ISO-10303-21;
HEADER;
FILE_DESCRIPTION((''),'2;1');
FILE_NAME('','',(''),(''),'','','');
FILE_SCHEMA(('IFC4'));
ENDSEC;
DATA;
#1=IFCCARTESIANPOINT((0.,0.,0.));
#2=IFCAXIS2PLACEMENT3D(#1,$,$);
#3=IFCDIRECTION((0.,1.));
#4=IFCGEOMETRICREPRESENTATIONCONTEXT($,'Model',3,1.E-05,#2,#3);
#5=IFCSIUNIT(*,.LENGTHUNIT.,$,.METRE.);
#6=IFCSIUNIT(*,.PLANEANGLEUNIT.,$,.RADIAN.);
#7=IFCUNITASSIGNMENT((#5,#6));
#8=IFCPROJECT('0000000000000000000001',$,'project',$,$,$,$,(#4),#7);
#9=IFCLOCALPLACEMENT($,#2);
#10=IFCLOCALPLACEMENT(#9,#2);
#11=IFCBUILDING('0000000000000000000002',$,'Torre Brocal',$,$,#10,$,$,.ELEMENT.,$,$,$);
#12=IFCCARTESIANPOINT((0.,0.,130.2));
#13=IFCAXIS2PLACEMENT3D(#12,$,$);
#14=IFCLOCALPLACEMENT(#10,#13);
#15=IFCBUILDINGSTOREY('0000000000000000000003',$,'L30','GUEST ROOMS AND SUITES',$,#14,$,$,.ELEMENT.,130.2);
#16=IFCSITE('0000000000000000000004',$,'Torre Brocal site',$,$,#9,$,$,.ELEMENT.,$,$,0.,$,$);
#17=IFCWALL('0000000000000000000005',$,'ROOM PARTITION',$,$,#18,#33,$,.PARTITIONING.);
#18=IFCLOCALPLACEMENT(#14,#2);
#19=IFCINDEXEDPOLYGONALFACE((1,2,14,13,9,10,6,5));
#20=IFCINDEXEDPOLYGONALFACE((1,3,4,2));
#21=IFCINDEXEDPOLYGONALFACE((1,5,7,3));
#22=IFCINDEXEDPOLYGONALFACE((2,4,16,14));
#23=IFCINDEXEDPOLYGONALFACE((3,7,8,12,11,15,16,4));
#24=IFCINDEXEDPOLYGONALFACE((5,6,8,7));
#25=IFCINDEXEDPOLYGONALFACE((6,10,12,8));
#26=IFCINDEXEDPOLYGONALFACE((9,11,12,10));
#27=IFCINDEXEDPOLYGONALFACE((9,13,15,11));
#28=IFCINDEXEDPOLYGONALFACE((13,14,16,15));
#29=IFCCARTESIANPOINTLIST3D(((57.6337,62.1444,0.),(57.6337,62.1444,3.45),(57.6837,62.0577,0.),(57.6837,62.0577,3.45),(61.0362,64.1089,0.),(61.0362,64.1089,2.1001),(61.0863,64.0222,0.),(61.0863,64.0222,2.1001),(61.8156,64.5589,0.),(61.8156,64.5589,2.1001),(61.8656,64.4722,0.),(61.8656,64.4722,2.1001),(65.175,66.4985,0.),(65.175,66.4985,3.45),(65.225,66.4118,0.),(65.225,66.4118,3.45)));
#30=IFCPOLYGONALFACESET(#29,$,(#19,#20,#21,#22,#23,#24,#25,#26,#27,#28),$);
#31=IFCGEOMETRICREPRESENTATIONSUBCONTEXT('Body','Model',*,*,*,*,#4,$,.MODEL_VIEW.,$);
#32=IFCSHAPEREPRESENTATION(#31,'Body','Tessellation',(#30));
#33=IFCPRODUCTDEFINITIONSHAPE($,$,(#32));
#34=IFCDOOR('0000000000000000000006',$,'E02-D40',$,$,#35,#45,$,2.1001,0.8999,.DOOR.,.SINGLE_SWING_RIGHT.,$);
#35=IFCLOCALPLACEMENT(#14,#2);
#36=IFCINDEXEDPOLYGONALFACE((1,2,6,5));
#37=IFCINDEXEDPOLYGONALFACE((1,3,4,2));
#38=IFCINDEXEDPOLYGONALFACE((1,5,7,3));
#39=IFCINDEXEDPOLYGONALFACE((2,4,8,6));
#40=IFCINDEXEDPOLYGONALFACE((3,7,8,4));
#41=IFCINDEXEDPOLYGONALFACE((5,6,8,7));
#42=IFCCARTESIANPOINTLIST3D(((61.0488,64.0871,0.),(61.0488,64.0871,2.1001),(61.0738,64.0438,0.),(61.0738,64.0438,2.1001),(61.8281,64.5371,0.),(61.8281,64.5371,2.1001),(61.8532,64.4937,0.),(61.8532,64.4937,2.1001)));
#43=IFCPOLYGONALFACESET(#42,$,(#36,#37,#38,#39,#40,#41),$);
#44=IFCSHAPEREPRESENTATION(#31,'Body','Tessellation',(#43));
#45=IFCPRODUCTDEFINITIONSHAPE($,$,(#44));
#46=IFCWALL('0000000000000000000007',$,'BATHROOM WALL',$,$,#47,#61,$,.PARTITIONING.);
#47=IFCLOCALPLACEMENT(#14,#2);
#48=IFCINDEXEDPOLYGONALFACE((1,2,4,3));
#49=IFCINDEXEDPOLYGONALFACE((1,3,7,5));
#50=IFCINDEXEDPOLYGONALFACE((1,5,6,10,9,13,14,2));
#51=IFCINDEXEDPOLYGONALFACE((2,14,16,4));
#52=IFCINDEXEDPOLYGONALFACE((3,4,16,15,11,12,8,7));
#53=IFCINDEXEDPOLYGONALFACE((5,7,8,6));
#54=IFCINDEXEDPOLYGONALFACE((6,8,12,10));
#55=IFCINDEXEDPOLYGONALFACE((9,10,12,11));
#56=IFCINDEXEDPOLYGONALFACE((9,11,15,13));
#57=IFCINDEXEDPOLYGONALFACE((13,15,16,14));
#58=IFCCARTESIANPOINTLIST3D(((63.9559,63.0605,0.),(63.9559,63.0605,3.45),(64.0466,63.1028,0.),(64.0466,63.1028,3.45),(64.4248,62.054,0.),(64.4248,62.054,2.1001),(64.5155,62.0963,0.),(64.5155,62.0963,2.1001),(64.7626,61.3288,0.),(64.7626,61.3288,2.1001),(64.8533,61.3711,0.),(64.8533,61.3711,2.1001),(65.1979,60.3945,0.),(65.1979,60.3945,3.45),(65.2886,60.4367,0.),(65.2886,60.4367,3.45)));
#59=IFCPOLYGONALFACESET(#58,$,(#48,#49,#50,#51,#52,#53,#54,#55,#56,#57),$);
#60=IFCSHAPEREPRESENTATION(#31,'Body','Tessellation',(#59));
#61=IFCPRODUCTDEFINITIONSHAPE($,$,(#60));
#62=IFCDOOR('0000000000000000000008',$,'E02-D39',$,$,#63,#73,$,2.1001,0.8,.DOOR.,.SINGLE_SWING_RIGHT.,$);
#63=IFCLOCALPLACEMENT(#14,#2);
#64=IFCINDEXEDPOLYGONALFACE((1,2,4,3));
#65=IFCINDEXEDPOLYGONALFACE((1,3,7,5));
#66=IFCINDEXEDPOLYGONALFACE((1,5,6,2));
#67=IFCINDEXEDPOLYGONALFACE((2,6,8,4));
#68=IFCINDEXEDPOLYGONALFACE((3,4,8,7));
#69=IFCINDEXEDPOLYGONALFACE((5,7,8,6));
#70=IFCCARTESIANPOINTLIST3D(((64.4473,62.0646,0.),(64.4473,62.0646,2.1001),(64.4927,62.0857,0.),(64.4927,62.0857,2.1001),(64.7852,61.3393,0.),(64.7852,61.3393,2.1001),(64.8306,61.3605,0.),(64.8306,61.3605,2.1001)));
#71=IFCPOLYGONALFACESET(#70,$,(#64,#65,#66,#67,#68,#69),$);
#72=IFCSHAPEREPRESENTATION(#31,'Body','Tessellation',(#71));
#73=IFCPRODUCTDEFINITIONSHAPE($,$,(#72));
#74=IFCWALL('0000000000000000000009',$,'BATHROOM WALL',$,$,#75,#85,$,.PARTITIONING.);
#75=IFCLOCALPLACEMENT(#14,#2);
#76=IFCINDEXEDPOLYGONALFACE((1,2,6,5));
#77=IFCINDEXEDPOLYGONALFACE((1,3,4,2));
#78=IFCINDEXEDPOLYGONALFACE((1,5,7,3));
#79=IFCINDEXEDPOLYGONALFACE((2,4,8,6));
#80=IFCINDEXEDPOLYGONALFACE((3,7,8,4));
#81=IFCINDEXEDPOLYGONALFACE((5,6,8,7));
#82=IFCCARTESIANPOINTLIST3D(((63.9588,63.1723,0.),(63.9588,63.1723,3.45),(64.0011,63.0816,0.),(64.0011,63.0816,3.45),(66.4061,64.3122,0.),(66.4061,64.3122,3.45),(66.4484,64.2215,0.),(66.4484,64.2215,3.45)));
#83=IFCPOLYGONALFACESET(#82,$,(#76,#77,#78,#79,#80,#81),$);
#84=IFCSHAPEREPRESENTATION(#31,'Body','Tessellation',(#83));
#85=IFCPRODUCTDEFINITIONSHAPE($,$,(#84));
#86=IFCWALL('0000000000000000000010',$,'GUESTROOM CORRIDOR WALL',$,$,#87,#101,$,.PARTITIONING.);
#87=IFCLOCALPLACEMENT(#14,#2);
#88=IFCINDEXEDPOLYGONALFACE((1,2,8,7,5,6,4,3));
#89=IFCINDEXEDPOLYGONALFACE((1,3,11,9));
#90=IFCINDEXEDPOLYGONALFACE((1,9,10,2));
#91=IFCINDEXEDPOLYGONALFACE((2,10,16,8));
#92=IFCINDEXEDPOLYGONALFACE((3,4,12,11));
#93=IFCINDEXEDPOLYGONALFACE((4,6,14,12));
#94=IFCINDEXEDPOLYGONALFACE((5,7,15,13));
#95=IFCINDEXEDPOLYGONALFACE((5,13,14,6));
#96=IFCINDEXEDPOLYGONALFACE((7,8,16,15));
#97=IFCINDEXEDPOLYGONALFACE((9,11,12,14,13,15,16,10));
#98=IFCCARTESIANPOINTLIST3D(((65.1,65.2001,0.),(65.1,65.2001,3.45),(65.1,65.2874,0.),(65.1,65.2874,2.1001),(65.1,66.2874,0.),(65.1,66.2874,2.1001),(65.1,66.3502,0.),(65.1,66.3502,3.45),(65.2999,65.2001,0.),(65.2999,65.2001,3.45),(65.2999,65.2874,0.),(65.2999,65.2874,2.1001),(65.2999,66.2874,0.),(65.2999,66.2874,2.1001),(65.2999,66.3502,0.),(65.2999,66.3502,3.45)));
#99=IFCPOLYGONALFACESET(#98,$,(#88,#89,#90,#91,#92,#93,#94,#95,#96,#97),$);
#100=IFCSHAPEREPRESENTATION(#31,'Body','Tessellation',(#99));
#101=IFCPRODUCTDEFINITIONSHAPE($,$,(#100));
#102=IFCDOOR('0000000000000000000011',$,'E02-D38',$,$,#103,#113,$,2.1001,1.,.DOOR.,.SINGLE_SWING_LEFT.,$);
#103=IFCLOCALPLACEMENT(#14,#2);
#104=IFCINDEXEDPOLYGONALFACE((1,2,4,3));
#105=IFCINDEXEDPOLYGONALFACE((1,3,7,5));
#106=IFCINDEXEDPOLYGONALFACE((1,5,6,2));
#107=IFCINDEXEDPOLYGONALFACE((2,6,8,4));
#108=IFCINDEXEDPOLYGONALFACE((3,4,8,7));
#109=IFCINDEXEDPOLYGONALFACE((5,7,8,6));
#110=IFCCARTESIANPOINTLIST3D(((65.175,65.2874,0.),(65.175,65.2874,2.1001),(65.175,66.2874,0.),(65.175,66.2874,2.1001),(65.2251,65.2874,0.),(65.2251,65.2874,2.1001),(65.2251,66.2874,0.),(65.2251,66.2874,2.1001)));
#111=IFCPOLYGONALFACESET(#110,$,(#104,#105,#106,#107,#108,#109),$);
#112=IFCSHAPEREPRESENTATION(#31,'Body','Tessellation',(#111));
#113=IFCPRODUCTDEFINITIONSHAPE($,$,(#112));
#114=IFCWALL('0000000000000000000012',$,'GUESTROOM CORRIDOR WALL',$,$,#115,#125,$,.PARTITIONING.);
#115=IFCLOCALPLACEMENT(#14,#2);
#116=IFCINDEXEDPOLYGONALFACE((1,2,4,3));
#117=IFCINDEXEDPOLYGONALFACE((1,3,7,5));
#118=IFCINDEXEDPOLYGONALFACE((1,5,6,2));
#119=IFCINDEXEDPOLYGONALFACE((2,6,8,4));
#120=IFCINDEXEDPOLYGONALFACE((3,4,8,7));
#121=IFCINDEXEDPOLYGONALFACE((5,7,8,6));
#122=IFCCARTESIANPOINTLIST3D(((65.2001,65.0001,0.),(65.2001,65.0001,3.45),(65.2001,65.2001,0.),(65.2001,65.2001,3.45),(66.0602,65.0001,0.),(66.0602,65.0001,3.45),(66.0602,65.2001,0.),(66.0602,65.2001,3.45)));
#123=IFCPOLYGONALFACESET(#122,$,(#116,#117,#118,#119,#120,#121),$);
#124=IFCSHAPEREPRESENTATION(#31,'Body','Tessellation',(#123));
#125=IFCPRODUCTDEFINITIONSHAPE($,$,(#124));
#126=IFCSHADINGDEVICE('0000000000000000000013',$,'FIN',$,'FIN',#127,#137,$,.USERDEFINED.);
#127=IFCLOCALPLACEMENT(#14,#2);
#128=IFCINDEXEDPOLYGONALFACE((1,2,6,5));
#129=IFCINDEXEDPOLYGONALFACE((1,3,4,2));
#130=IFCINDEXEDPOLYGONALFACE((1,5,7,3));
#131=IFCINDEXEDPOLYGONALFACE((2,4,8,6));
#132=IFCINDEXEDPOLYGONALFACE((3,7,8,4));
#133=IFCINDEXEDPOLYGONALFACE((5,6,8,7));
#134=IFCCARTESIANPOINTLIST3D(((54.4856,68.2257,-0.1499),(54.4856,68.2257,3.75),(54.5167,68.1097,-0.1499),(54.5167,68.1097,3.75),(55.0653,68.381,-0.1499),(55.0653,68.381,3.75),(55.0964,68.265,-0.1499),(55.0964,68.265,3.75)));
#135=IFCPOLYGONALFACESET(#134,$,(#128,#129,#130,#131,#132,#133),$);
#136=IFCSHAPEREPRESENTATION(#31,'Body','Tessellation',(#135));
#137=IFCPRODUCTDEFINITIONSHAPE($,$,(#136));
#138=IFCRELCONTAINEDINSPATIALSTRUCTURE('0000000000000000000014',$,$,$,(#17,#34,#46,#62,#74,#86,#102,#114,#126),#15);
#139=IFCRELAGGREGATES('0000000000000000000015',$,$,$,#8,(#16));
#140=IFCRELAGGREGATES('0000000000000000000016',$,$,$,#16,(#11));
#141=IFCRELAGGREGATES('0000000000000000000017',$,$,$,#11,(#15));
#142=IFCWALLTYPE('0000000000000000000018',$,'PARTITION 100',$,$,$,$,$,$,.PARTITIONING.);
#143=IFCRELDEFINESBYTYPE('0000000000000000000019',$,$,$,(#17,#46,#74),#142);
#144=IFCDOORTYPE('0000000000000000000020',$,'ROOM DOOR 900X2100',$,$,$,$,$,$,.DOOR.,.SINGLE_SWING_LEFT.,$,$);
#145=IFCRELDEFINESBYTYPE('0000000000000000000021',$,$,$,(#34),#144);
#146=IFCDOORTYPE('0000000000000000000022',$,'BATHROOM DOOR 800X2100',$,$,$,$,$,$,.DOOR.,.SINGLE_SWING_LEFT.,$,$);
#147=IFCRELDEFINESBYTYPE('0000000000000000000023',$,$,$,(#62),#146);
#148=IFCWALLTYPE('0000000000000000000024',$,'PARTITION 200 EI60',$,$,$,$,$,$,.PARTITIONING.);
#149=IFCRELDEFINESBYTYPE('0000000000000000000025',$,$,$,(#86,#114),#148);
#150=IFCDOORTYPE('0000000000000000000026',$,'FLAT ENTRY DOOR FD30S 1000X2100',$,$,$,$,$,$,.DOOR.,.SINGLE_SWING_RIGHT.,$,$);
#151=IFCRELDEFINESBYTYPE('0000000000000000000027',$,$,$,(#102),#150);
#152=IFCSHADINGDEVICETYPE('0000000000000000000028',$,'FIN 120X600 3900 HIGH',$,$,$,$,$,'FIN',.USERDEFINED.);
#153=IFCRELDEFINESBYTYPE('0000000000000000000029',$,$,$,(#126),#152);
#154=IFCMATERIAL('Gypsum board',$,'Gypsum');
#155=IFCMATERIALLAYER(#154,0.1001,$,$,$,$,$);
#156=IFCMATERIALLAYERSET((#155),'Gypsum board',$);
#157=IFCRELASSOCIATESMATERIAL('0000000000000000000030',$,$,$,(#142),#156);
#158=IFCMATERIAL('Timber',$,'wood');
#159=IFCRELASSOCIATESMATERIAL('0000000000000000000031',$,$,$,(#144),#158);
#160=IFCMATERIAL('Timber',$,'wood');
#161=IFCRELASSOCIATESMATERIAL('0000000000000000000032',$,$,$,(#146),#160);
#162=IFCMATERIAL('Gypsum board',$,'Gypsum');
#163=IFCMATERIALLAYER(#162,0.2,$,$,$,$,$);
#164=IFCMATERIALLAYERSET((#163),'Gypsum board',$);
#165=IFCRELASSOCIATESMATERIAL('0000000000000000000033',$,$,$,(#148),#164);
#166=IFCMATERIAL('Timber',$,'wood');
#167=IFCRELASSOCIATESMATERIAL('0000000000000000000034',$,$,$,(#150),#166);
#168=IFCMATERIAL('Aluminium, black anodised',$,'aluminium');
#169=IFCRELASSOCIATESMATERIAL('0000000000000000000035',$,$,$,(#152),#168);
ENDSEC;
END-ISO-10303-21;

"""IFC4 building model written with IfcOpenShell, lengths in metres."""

from ifc_helpers import new_model, si_unit, direction, frame, frame_2d, origin, origin_2d, place, context, subcontext, project, spatial, rectangle, extrude, material, layer, layer_set, material_profile, profile_set, type_object, element, fill, save


model = new_model("IFC4")

# Units and contexts
model_context = context("Model", 3, precision=1e-05, world=origin(), true_north=direction((0.0, 1.0)))
body_context = subcontext(model_context, "Body", "Model", "MODEL_VIEW")
ifc_project = project(units=[si_unit("LENGTHUNIT", "METRE"), si_unit("PLANEANGLEUNIT", "RADIAN")], contexts=[model_context])

# Site, building, storey
site_placement = place(None, origin())
site = spatial("IfcSite", under=ifc_project, at=site_placement, Name="Torre Brocal site", CompositionType="ELEMENT", RefElevation=0.0)
building_placement = place(site_placement, origin())
building = spatial("IfcBuilding", under=site, at=building_placement, Name="Torre Brocal", CompositionType="ELEMENT")
storey_placement = place(building_placement, frame((0.0, 0.0, 130.2)))
storey = spatial("IfcBuildingStorey", under=building, at=storey_placement, Name="L30", Description="GUEST ROOMS AND SUITES", CompositionType="ELEMENT", Elevation=130.2)

# Walls, openings, doors
ifc_material_1 = material(Name="Gypsum board", Category="Gypsum")
ifc_layer_1 = layer(ifc_material_1, 0.1001)
ifc_layer_set_1 = layer_set([ifc_layer_1], Name="Gypsum board")
wall_type_1 = type_object("IfcWallType", Name="PARTITION 100", PredefinedType="PARTITIONING", material=ifc_layer_set_1)
wall_1_placement = place(storey_placement, frame((57.6587, 62.1011, 0.0), z_axis=(0.0, 0.0, 1.0), x_axis=(0.866023, 0.500005, 0.0)))
wall_1 = element("IfcWall", 1, at=wall_1_placement, inside=storey, type_object=wall_type_1, Name="ROOM PARTITION", PredefinedType="PARTITIONING", context=body_context, shape_type="SweptSolid", body=[
    extrude(rectangle(XDim=8.708, YDim=0.1001, at=frame_2d((4.354, 0.0))), origin(), (0.0, 0.0, 1.0), 3.45),
])
opening_1_placement = place(wall_1_placement, frame((3.929, 0.0, 0.0)))
opening_1 = element("IfcOpeningElement", 2, at=opening_1_placement, cuts=wall_1, PredefinedType="OPENING", context=body_context, shape_type="SweptSolid", body=[
    extrude(rectangle(XDim=0.8999, YDim=2.1001, at=frame_2d((0.45, 1.05))), frame((0.0, 0.0601, 0.0), z_axis=(0.0, -1.0, 0.0), x_axis=(1.0, 0.0, 0.0)), (0.0, 0.0, 1.0), 0.1201),
])
ifc_material_2 = material(Name="Timber", Category="wood")
door_type_1 = type_object("IfcDoorType", Name="ROOM DOOR 900X2100", OperationType="SINGLE_SWING_LEFT", PredefinedType="DOOR", material=ifc_material_2)
door_1_placement = place(opening_1_placement, origin())
door_1 = element("IfcDoor", 3, at=door_1_placement, inside=storey, type_object=door_type_1, Name="E02-D40", OperationType="SINGLE_SWING_RIGHT", OverallHeight=2.1001, OverallWidth=0.8999, PredefinedType="DOOR", context=body_context, shape_type="SweptSolid", body=[
    extrude(rectangle(XDim=0.8999, YDim=2.1001, at=frame_2d((0.45, 1.05))), frame((0.0, 0.0249, 0.0), z_axis=(0.0, -1.0, 0.0), x_axis=(1.0, 0.0, 0.0)), (0.0, 0.0, 1.0), 0.05),
])
fill(opening_1, door_1)
wall_2_placement = place(storey_placement, frame((64.0012, 63.0818, 0.0), z_axis=(0.0, 0.0, 1.0), x_axis=(0.422272, -0.906469, 0.0)))
wall_2 = element("IfcWall", 4, at=wall_2_placement, inside=storey, type_object=wall_type_1, Name="BATHROOM WALL", PredefinedType="PARTITIONING", context=body_context, shape_type="SweptSolid", body=[
    extrude(rectangle(XDim=2.9412, YDim=0.1001, at=frame_2d((1.4707, 0.0))), origin(), (0.0, 0.0, 1.0), 3.45),
])
opening_2_placement = place(wall_2_placement, frame((1.1106, 0.0, 0.0)))
opening_2 = element("IfcOpeningElement", 5, at=opening_2_placement, cuts=wall_2, PredefinedType="OPENING", context=body_context, shape_type="SweptSolid", body=[
    extrude(rectangle(XDim=0.8, YDim=2.1001, at=frame_2d((0.3999, 1.05))), frame((0.0, 0.0601, 0.0), z_axis=(0.0, -1.0, 0.0), x_axis=(1.0, 0.0, 0.0)), (0.0, 0.0, 1.0), 0.1201),
])
ifc_material_3 = material(Name="Timber", Category="wood")
door_type_2 = type_object("IfcDoorType", Name="BATHROOM DOOR 800X2100", OperationType="SINGLE_SWING_LEFT", PredefinedType="DOOR", material=ifc_material_3)
door_2_placement = place(opening_2_placement, origin())
door_2 = element("IfcDoor", 6, at=door_2_placement, inside=storey, type_object=door_type_2, Name="E02-D39", OperationType="SINGLE_SWING_RIGHT", OverallHeight=2.1001, OverallWidth=0.8, PredefinedType="DOOR", context=body_context, shape_type="SweptSolid", body=[
    extrude(rectangle(XDim=0.8, YDim=2.1001, at=frame_2d((0.3999, 1.05))), frame((0.0, 0.0249, 0.0), z_axis=(0.0, -1.0, 0.0), x_axis=(1.0, 0.0, 0.0)), (0.0, 0.0, 1.0), 0.05),
])
fill(opening_2, door_2)

# Wall
wall_3_placement = place(storey_placement, frame((63.98, 63.127, 0.0), z_axis=(0.0, 0.0, 1.0), x_axis=(0.90649, 0.422227, 0.0)))
element("IfcWall", 7, at=wall_3_placement, inside=storey, type_object=wall_type_1, Name="BATHROOM WALL", PredefinedType="PARTITIONING", context=body_context, shape_type="SweptSolid", body=[
    extrude(rectangle(XDim=2.6997, YDim=0.1001, at=frame_2d((1.3499, 0.0))), origin(), (0.0, 0.0, 1.0), 3.45),
])

# Wall, opening, door
ifc_material_4 = material(Name="Gypsum board", Category="Gypsum")
ifc_layer_2 = layer(ifc_material_4, 0.2)
ifc_layer_set_2 = layer_set([ifc_layer_2], Name="Gypsum board")
wall_type_2 = type_object("IfcWallType", Name="PARTITION 200 EI60", PredefinedType="PARTITIONING", material=ifc_layer_set_2)
wall_4_placement = place(storey_placement, frame((65.2, 65.2, 0.0), z_axis=(0.0, 0.0, 1.0), x_axis=(0.0, 1.0, 0.0)))
wall_4 = element("IfcWall", 8, at=wall_4_placement, inside=storey, type_object=wall_type_2, Name="GUESTROOM CORRIDOR WALL", PredefinedType="PARTITIONING", context=body_context, shape_type="SweptSolid", body=[
    extrude(rectangle(XDim=1.1501, YDim=0.2, at=frame_2d((0.5752, 0.0))), origin(), (0.0, 0.0, 1.0), 3.45),
])
opening_3_placement = place(wall_4_placement, frame((0.0874, 0.0, 0.0)))
opening_3 = element("IfcOpeningElement", 9, at=opening_3_placement, cuts=wall_4, PredefinedType="OPENING", context=body_context, shape_type="SweptSolid", body=[
    extrude(rectangle(XDim=1.0, YDim=2.1001, at=frame_2d((0.5, 1.05))), frame((0.0, 0.1099, 0.0), z_axis=(0.0, -1.0, 0.0), x_axis=(1.0, 0.0, 0.0)), (0.0, 0.0, 1.0), 0.22),
])
ifc_material_5 = material(Name="Timber", Category="wood")
door_type_3 = type_object("IfcDoorType", Name="FLAT ENTRY DOOR FD30S 1000X2100", OperationType="SINGLE_SWING_RIGHT", PredefinedType="DOOR", material=ifc_material_5)
door_3_placement = place(opening_3_placement, origin())
door_3 = element("IfcDoor", 10, at=door_3_placement, inside=storey, type_object=door_type_3, Name="E02-D38", OperationType="SINGLE_SWING_LEFT", OverallHeight=2.1001, OverallWidth=1.0, PredefinedType="DOOR", context=body_context, shape_type="SweptSolid", body=[
    extrude(rectangle(XDim=1.0, YDim=2.1001, at=frame_2d((0.5, 1.05))), frame((0.0, 0.0249, 0.0), z_axis=(0.0, -1.0, 0.0), x_axis=(1.0, 0.0, 0.0)), (0.0, 0.0, 1.0), 0.05),
])
fill(opening_3, door_3)

# Wall
wall_5_placement = place(storey_placement, frame((65.2, 65.1001, 0.0), z_axis=(0.0, 0.0, 1.0), x_axis=(1.0, 0.0, 0.0)))
element("IfcWall", 11, at=wall_5_placement, inside=storey, type_object=wall_type_2, Name="GUESTROOM CORRIDOR WALL", PredefinedType="PARTITIONING", context=body_context, shape_type="SweptSolid", body=[
    extrude(rectangle(XDim=0.8601, YDim=0.2, at=frame_2d((0.4302, 0.0))), origin(), (0.0, 0.0, 1.0), 3.45),
])

# Shading device
ifc_material_6 = material(Name="Aluminium, black anodised", Category="aluminium")
ifc_material_profile_1 = material_profile(ifc_material_6, rectangle(XDim=0.1201, YDim=0.6001, at=origin_2d()), Name="FIN 120X600 3900 HIGH")
ifc_profile_set_1 = profile_set([ifc_material_profile_1], Name="Aluminium, black anodised")
shading_device_type = type_object("IfcShadingDeviceType", Name="FIN 120X600 3900 HIGH", ElementType="FIN", PredefinedType="USERDEFINED", material=ifc_profile_set_1)
shading_device_placement = place(storey_placement, frame((54.791, 68.2454, -0.1499), z_axis=(0.0, 0.0, 1.0), x_axis=(0.258819, -0.965926, 0.0)))
element("IfcShadingDevice", 12, at=shading_device_placement, inside=storey, type_object=shading_device_type, Name="FIN", ObjectType="FIN", PredefinedType="USERDEFINED", context=body_context, shape_type="SweptSolid", body=[
    extrude(rectangle(XDim=0.1201, YDim=0.6001, at=origin_2d()), origin(), (0.0, 0.0, 1.0), 3.8999),
])

save(model, "model.ifc")
